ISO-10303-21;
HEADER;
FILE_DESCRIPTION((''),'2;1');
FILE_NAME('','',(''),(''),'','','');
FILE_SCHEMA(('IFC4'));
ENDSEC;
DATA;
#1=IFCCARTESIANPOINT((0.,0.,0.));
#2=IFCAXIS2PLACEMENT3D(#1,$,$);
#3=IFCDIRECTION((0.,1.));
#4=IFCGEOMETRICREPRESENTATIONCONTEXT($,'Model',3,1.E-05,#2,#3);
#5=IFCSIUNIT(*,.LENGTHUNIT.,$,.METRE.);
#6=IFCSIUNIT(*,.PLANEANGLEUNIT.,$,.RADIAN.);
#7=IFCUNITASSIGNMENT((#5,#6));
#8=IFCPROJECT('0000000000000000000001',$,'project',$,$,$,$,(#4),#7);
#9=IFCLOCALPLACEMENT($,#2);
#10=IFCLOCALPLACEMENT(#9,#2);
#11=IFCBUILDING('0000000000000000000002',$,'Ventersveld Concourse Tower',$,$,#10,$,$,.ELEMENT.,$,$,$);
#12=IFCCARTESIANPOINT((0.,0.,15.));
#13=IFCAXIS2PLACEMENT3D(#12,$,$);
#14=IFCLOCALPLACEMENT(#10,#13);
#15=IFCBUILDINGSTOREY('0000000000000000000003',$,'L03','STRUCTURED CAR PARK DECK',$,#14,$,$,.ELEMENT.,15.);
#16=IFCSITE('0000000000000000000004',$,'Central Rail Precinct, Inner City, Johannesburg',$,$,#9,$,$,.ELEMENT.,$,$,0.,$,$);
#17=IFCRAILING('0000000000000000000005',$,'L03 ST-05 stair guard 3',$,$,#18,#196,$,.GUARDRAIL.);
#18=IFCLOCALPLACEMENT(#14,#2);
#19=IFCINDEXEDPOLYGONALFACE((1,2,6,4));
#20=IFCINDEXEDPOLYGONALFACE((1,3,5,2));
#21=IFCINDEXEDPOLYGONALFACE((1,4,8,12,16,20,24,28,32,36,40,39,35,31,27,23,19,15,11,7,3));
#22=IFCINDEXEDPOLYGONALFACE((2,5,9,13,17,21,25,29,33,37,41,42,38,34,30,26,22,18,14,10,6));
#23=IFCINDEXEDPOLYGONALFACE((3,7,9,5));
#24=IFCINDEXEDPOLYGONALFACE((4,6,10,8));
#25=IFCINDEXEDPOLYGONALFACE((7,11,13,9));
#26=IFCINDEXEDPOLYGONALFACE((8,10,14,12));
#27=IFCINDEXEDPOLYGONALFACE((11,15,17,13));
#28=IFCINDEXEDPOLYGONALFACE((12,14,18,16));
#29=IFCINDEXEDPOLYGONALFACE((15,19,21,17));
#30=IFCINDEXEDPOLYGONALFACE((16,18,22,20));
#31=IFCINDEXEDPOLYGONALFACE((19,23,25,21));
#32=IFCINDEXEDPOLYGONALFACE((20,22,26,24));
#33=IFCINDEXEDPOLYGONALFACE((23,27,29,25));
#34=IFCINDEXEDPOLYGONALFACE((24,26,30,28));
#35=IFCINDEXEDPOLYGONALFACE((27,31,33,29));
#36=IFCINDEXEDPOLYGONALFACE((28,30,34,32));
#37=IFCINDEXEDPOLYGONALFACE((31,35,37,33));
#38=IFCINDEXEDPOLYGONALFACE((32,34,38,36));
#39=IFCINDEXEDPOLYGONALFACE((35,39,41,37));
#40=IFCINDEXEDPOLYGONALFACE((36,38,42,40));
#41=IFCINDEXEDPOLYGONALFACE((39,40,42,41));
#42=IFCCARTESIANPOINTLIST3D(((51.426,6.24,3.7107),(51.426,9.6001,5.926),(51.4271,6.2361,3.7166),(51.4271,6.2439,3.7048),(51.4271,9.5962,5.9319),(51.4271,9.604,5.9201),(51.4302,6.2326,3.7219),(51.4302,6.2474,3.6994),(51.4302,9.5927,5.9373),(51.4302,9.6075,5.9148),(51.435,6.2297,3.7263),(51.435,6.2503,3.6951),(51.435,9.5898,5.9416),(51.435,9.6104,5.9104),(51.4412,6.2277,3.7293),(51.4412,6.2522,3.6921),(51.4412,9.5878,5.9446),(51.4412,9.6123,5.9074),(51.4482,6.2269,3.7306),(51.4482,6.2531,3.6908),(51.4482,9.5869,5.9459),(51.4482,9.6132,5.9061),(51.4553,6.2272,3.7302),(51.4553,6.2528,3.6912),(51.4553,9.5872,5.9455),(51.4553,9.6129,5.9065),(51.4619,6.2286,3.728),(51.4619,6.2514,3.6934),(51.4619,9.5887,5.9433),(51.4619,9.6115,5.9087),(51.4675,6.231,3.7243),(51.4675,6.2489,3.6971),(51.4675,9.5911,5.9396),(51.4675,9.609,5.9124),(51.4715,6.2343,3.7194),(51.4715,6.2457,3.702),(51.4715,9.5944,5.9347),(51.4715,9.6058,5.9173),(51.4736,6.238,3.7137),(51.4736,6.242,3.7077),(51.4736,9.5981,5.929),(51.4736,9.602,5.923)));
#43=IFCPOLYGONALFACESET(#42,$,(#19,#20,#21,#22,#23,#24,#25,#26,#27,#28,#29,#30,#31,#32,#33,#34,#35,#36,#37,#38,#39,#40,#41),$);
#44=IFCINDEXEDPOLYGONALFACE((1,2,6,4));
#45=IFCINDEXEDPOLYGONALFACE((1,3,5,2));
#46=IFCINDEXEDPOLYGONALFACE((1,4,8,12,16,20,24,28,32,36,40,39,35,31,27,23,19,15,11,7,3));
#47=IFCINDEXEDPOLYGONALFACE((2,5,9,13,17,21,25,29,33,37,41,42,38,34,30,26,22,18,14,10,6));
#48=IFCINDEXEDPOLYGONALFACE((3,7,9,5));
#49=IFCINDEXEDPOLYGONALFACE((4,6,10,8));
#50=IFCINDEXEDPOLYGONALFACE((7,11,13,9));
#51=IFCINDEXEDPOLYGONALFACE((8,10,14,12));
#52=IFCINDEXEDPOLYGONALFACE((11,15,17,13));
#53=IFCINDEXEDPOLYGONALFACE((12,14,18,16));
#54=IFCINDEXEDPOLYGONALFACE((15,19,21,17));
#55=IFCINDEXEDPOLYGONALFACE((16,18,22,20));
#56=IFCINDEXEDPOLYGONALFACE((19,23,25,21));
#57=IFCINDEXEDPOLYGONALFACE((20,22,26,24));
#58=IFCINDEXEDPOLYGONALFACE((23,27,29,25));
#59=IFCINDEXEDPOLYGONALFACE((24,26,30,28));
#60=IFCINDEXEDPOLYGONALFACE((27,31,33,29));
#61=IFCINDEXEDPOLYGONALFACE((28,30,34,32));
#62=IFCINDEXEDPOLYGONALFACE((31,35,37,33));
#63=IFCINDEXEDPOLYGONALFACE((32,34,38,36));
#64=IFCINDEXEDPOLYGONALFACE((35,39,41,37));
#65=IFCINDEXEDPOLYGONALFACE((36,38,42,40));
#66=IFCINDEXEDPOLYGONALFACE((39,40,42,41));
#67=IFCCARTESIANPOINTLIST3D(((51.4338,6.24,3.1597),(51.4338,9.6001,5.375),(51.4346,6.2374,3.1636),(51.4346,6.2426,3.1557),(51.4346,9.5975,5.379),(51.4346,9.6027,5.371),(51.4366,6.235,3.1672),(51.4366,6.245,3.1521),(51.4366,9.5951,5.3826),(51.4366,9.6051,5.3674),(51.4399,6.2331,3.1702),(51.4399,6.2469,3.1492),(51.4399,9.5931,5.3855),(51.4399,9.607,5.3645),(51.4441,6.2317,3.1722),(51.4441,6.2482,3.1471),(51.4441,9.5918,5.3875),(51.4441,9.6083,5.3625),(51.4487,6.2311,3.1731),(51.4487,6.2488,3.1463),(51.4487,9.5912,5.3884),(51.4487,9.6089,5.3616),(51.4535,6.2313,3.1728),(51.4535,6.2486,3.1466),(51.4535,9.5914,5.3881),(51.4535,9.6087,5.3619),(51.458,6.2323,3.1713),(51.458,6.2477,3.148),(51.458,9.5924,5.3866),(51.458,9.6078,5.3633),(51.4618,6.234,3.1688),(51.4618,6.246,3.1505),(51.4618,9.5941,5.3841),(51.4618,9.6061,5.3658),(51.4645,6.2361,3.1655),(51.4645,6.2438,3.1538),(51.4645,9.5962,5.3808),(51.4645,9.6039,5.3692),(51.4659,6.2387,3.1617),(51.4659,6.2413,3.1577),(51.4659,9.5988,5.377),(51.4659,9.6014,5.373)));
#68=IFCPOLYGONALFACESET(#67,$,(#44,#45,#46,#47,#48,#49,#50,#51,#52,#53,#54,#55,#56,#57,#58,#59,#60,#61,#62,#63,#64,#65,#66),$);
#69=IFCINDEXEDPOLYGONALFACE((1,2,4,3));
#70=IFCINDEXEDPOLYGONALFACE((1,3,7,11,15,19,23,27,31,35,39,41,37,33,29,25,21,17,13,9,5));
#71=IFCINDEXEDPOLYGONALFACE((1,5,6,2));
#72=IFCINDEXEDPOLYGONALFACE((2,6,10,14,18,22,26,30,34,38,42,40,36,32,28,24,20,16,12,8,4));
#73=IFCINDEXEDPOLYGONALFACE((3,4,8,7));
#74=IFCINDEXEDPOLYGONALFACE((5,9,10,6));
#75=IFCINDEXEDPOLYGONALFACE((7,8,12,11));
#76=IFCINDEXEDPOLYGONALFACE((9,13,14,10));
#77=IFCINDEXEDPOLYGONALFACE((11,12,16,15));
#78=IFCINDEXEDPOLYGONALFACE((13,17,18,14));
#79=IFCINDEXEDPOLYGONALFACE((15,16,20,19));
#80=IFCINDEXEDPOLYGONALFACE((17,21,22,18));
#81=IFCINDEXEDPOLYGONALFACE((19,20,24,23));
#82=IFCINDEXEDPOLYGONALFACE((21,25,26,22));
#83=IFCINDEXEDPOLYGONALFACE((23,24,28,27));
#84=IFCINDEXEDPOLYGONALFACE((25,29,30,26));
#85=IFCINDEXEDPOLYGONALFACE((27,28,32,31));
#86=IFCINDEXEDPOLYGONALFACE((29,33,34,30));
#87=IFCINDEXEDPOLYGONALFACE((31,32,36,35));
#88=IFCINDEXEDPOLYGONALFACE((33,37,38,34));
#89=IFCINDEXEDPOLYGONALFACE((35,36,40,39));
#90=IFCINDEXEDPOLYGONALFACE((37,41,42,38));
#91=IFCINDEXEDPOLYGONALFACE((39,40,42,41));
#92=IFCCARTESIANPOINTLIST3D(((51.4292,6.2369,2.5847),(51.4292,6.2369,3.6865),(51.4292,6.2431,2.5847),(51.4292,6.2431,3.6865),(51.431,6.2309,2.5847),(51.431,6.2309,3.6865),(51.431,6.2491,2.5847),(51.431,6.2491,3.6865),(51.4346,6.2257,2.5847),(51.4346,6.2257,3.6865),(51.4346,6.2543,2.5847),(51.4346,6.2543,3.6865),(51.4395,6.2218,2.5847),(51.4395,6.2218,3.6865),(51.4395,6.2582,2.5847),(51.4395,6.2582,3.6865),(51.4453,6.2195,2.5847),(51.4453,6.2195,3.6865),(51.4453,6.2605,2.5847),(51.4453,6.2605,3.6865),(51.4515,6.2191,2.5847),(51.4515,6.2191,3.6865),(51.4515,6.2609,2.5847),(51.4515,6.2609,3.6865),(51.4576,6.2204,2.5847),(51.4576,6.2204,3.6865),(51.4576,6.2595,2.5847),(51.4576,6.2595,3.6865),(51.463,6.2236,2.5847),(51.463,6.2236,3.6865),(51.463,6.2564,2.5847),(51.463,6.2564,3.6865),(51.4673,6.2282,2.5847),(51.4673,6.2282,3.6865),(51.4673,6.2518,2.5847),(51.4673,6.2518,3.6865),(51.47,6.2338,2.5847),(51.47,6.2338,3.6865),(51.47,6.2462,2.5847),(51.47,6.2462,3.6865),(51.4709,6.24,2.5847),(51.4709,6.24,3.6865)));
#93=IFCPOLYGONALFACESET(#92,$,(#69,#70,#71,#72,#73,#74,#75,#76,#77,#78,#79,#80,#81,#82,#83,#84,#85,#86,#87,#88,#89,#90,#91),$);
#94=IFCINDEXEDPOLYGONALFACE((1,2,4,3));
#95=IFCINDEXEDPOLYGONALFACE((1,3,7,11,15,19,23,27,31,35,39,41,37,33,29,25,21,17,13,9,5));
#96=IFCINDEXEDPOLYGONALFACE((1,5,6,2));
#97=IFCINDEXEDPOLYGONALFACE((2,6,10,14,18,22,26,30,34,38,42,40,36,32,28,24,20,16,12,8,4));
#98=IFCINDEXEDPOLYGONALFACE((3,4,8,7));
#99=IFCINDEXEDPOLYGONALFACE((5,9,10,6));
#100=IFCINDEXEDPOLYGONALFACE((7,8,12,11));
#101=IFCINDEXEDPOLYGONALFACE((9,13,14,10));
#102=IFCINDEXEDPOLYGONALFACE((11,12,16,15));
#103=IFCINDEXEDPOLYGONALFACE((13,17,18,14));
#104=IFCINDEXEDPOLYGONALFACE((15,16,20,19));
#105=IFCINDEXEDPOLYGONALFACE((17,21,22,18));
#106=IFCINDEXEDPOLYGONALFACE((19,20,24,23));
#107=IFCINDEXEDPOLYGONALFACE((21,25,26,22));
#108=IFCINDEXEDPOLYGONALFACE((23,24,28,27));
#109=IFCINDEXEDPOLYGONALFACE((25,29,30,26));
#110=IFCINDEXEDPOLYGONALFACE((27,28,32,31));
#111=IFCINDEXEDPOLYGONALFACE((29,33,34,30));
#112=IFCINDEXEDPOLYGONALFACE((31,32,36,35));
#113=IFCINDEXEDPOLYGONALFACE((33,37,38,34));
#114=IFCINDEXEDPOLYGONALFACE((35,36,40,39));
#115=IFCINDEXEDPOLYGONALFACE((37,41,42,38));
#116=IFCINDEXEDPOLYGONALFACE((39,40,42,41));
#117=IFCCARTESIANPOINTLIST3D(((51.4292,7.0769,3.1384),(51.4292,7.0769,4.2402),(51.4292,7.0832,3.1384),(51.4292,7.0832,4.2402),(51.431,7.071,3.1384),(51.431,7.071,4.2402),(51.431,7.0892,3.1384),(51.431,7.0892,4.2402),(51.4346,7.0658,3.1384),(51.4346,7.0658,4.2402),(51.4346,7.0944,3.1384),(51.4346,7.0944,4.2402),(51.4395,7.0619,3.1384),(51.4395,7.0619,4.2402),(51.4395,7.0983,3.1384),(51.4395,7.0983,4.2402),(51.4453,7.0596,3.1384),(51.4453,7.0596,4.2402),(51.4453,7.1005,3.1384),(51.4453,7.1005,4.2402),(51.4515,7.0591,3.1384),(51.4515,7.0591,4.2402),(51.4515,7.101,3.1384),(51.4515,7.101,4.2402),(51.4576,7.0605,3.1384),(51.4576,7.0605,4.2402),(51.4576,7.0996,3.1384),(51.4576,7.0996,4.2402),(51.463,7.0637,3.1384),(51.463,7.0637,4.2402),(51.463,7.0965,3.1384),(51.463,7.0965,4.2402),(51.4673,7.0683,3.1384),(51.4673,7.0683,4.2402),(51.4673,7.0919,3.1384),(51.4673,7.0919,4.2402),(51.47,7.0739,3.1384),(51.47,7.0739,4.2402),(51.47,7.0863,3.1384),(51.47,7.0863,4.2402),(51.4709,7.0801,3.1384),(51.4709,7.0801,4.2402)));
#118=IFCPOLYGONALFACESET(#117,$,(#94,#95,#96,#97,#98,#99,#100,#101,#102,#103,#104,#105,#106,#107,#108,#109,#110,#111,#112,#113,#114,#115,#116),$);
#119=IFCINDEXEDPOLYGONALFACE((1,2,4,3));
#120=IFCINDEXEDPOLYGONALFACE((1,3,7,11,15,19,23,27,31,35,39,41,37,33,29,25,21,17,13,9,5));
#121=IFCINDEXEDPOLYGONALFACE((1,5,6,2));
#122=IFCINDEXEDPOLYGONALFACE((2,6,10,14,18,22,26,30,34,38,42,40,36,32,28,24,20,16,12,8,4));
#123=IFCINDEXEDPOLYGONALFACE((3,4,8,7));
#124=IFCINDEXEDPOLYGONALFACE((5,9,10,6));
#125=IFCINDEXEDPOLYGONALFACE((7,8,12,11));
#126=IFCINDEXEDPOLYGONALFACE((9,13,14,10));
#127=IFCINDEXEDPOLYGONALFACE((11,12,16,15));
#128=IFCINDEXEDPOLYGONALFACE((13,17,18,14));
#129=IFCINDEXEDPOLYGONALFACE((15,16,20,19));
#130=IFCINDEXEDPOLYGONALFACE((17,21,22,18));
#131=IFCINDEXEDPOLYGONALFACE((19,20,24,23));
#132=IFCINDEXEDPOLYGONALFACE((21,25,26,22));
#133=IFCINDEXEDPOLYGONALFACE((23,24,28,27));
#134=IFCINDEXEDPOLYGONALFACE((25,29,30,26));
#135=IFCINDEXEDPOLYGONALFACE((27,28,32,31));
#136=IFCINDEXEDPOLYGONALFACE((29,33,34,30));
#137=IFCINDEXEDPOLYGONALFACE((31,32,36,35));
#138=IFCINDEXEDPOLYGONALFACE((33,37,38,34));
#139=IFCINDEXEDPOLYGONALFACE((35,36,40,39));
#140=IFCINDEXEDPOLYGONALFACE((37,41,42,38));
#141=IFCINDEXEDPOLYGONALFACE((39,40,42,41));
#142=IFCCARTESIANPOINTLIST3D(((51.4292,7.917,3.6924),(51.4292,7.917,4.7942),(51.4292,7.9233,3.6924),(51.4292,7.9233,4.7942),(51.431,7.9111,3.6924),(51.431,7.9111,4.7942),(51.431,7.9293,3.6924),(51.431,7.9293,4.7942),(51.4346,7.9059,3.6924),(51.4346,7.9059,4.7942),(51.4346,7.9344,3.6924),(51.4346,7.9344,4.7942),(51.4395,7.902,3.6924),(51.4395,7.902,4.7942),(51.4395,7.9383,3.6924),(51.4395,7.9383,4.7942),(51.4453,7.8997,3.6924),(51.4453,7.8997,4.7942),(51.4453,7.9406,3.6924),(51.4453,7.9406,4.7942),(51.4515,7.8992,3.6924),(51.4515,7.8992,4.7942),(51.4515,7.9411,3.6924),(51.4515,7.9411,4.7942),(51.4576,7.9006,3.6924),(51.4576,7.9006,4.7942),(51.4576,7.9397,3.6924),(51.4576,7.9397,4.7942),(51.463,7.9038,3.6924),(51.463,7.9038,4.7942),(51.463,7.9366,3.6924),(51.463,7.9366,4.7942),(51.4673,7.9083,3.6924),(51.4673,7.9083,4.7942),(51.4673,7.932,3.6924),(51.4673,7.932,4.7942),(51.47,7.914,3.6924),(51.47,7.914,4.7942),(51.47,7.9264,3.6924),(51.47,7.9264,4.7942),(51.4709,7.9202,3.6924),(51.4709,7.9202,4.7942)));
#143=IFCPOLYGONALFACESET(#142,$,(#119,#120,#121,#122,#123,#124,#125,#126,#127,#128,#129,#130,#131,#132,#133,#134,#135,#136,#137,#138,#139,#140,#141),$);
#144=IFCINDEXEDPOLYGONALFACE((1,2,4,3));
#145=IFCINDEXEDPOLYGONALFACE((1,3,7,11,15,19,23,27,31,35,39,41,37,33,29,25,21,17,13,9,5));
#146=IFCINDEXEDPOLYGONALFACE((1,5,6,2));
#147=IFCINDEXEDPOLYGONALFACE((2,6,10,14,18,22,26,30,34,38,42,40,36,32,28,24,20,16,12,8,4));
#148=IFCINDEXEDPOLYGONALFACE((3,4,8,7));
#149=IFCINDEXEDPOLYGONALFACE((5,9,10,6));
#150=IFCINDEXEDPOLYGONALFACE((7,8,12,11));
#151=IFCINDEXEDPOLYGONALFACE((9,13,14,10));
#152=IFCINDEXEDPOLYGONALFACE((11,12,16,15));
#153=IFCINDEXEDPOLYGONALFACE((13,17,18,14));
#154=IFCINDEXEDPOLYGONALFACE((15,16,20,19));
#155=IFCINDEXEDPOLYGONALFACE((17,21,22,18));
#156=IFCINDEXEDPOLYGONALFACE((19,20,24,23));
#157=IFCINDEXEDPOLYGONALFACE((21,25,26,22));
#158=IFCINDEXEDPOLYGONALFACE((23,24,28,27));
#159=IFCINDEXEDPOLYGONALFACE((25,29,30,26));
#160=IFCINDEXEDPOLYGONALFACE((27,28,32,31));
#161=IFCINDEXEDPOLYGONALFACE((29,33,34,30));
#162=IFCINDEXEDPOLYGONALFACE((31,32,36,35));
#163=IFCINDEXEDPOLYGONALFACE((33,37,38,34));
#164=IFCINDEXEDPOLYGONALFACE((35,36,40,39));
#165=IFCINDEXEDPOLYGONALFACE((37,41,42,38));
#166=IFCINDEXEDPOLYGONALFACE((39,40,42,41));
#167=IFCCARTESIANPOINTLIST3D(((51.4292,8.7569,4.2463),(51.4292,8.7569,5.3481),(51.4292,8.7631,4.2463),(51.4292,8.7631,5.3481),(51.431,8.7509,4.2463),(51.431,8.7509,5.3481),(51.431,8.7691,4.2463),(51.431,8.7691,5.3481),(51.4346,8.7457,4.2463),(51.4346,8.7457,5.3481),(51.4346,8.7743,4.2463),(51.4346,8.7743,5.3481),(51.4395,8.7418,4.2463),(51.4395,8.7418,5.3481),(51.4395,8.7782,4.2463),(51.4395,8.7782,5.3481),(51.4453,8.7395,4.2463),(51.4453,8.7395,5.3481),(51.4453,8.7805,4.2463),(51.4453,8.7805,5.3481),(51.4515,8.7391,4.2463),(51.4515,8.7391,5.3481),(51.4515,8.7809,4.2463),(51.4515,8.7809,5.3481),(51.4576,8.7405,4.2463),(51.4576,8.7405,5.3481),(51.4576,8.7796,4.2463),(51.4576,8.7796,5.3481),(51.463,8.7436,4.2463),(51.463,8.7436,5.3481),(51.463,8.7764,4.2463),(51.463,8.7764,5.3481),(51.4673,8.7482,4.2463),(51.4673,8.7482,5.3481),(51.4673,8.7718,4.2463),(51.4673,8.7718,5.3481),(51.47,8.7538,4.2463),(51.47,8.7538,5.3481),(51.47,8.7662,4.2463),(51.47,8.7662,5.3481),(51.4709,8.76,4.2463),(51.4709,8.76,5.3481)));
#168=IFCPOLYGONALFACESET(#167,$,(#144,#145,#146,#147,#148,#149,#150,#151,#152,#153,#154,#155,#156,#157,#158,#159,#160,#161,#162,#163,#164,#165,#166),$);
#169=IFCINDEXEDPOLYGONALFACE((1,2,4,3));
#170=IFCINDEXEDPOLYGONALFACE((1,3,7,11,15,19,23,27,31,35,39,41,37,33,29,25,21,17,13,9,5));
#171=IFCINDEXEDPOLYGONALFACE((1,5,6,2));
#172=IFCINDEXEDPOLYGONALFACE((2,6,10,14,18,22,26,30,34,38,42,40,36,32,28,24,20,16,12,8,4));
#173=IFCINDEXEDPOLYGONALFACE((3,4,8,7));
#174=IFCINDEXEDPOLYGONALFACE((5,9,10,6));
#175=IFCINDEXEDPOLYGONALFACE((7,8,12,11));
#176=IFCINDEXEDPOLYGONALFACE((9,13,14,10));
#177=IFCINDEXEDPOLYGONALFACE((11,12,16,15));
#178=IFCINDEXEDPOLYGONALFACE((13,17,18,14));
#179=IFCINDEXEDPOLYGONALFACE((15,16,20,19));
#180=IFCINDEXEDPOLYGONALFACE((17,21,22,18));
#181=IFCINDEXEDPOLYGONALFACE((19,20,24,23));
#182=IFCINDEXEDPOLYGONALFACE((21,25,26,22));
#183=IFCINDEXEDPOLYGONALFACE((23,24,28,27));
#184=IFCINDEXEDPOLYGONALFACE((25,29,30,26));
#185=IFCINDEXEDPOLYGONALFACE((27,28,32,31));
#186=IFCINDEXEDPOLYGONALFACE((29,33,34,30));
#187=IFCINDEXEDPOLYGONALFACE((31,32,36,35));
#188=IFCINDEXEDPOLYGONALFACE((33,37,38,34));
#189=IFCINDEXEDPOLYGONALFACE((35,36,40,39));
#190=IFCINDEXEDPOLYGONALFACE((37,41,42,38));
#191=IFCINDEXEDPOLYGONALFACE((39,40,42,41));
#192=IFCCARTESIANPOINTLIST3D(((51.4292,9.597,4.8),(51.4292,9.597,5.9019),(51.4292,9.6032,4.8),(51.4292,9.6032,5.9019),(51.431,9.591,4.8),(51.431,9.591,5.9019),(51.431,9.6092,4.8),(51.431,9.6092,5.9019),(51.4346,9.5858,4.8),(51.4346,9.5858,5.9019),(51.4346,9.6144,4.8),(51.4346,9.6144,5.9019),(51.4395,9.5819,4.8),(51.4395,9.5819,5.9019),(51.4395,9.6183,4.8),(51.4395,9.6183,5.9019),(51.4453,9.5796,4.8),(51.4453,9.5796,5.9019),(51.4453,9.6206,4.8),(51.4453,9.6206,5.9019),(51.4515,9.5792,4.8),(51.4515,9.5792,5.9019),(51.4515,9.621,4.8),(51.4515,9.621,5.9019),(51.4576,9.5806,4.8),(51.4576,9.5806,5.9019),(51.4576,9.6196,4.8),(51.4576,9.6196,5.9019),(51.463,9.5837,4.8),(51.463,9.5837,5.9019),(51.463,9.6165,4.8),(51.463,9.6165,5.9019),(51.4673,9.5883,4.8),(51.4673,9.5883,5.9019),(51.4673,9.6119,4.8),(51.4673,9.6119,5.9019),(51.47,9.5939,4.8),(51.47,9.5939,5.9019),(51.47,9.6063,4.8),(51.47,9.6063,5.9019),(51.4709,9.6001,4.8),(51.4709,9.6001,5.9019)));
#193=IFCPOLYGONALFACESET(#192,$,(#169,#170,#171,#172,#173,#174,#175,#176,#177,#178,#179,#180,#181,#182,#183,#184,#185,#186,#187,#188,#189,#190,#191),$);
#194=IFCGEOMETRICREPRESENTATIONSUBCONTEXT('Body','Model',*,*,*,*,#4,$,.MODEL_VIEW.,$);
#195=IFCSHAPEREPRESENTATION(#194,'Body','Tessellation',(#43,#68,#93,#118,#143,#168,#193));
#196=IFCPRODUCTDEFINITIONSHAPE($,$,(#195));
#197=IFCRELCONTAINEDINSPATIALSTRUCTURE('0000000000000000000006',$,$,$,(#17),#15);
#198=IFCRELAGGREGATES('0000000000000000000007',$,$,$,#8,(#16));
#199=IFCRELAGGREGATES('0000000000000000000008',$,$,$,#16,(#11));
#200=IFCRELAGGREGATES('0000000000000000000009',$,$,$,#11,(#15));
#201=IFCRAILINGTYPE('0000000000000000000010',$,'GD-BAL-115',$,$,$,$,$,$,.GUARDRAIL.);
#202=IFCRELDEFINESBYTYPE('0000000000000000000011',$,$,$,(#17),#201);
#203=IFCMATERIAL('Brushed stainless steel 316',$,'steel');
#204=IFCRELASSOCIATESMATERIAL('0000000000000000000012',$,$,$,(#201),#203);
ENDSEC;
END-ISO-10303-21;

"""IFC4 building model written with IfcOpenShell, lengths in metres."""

from ifc_helpers import new_model, si_unit, direction, frame, origin, origin_2d, place, context, subcontext, project, spatial, circle, extrude, material, type_object, element, save


model = new_model("IFC4")

# Units and contexts
model_context = context("Model", 3, precision=1e-05, world=origin(), true_north=direction((0.0, 1.0)))
body_context = subcontext(model_context, "Body", "Model", "MODEL_VIEW")
ifc_project = project(units=[si_unit("LENGTHUNIT", "METRE"), si_unit("PLANEANGLEUNIT", "RADIAN")], contexts=[model_context])

# Site, building, storey
site_placement = place(None, origin())
site = spatial("IfcSite", under=ifc_project, at=site_placement, Name="Central Rail Precinct, Inner City, Johannesburg", CompositionType="ELEMENT", RefElevation=0.0)
building_placement = place(site_placement, origin())
building = spatial("IfcBuilding", under=site, at=building_placement, Name="Ventersveld Concourse Tower", CompositionType="ELEMENT")
storey_placement = place(building_placement, frame((0.0, 0.0, 15.0)))
storey = spatial("IfcBuildingStorey", under=building, at=storey_placement, Name="L03", Description="STRUCTURED CAR PARK DECK", CompositionType="ELEMENT", Elevation=15.0)

# Shared definitions
ifc_material_1 = material(Name="Brushed stainless steel 316", Category="steel")

# Railing
railing_type_1 = type_object("IfcRailingType", Name="GD-BAL-115", PredefinedType="GUARDRAIL", material=ifc_material_1)
railing_1_placement = place(storey_placement, frame((51.45, 6.24, 2.5847)))
element("IfcRailing", 1, at=railing_1_placement, inside=storey, type_object=railing_type_1, Name="L03 ST-05 stair guard 3", PredefinedType="GUARDRAIL", context=body_context, shape_type="SweptSolid", body=[
    extrude(circle(Radius=0.0239, at=origin_2d()), frame((0.0, 0.0, 1.126), z_axis=(0.0, 0.834876, 0.550437), x_axis=(-1.0, 0.0, 0.0)), (0.0, 0.0, 1.0), 4.0247),
    extrude(circle(Radius=0.0161, at=origin_2d()), frame((0.0, 0.0, 0.575), z_axis=(0.0, 0.834876, 0.550437), x_axis=(-1.0, 0.0, 0.0)), (0.0, 0.0, 1.0), 4.0247),
    extrude(circle(Radius=0.021, at=origin_2d()), origin(), (0.0, 0.0, 1.0), 1.1018),
    extrude(circle(Radius=0.021, at=origin_2d()), frame((0.0, 0.8401, 0.5537)), (0.0, 0.0, 1.0), 1.1018),
    extrude(circle(Radius=0.021, at=origin_2d()), frame((0.0, 1.6802, 1.1077)), (0.0, 0.0, 1.0), 1.1018),
    extrude(circle(Radius=0.021, at=origin_2d()), frame((0.0, 2.52, 1.6616)), (0.0, 0.0, 1.0), 1.1018),
    extrude(circle(Radius=0.021, at=origin_2d()), frame((0.0, 3.3601, 2.2153)), (0.0, 0.0, 1.0), 1.1018),
])

save(model, "model.ifc")
